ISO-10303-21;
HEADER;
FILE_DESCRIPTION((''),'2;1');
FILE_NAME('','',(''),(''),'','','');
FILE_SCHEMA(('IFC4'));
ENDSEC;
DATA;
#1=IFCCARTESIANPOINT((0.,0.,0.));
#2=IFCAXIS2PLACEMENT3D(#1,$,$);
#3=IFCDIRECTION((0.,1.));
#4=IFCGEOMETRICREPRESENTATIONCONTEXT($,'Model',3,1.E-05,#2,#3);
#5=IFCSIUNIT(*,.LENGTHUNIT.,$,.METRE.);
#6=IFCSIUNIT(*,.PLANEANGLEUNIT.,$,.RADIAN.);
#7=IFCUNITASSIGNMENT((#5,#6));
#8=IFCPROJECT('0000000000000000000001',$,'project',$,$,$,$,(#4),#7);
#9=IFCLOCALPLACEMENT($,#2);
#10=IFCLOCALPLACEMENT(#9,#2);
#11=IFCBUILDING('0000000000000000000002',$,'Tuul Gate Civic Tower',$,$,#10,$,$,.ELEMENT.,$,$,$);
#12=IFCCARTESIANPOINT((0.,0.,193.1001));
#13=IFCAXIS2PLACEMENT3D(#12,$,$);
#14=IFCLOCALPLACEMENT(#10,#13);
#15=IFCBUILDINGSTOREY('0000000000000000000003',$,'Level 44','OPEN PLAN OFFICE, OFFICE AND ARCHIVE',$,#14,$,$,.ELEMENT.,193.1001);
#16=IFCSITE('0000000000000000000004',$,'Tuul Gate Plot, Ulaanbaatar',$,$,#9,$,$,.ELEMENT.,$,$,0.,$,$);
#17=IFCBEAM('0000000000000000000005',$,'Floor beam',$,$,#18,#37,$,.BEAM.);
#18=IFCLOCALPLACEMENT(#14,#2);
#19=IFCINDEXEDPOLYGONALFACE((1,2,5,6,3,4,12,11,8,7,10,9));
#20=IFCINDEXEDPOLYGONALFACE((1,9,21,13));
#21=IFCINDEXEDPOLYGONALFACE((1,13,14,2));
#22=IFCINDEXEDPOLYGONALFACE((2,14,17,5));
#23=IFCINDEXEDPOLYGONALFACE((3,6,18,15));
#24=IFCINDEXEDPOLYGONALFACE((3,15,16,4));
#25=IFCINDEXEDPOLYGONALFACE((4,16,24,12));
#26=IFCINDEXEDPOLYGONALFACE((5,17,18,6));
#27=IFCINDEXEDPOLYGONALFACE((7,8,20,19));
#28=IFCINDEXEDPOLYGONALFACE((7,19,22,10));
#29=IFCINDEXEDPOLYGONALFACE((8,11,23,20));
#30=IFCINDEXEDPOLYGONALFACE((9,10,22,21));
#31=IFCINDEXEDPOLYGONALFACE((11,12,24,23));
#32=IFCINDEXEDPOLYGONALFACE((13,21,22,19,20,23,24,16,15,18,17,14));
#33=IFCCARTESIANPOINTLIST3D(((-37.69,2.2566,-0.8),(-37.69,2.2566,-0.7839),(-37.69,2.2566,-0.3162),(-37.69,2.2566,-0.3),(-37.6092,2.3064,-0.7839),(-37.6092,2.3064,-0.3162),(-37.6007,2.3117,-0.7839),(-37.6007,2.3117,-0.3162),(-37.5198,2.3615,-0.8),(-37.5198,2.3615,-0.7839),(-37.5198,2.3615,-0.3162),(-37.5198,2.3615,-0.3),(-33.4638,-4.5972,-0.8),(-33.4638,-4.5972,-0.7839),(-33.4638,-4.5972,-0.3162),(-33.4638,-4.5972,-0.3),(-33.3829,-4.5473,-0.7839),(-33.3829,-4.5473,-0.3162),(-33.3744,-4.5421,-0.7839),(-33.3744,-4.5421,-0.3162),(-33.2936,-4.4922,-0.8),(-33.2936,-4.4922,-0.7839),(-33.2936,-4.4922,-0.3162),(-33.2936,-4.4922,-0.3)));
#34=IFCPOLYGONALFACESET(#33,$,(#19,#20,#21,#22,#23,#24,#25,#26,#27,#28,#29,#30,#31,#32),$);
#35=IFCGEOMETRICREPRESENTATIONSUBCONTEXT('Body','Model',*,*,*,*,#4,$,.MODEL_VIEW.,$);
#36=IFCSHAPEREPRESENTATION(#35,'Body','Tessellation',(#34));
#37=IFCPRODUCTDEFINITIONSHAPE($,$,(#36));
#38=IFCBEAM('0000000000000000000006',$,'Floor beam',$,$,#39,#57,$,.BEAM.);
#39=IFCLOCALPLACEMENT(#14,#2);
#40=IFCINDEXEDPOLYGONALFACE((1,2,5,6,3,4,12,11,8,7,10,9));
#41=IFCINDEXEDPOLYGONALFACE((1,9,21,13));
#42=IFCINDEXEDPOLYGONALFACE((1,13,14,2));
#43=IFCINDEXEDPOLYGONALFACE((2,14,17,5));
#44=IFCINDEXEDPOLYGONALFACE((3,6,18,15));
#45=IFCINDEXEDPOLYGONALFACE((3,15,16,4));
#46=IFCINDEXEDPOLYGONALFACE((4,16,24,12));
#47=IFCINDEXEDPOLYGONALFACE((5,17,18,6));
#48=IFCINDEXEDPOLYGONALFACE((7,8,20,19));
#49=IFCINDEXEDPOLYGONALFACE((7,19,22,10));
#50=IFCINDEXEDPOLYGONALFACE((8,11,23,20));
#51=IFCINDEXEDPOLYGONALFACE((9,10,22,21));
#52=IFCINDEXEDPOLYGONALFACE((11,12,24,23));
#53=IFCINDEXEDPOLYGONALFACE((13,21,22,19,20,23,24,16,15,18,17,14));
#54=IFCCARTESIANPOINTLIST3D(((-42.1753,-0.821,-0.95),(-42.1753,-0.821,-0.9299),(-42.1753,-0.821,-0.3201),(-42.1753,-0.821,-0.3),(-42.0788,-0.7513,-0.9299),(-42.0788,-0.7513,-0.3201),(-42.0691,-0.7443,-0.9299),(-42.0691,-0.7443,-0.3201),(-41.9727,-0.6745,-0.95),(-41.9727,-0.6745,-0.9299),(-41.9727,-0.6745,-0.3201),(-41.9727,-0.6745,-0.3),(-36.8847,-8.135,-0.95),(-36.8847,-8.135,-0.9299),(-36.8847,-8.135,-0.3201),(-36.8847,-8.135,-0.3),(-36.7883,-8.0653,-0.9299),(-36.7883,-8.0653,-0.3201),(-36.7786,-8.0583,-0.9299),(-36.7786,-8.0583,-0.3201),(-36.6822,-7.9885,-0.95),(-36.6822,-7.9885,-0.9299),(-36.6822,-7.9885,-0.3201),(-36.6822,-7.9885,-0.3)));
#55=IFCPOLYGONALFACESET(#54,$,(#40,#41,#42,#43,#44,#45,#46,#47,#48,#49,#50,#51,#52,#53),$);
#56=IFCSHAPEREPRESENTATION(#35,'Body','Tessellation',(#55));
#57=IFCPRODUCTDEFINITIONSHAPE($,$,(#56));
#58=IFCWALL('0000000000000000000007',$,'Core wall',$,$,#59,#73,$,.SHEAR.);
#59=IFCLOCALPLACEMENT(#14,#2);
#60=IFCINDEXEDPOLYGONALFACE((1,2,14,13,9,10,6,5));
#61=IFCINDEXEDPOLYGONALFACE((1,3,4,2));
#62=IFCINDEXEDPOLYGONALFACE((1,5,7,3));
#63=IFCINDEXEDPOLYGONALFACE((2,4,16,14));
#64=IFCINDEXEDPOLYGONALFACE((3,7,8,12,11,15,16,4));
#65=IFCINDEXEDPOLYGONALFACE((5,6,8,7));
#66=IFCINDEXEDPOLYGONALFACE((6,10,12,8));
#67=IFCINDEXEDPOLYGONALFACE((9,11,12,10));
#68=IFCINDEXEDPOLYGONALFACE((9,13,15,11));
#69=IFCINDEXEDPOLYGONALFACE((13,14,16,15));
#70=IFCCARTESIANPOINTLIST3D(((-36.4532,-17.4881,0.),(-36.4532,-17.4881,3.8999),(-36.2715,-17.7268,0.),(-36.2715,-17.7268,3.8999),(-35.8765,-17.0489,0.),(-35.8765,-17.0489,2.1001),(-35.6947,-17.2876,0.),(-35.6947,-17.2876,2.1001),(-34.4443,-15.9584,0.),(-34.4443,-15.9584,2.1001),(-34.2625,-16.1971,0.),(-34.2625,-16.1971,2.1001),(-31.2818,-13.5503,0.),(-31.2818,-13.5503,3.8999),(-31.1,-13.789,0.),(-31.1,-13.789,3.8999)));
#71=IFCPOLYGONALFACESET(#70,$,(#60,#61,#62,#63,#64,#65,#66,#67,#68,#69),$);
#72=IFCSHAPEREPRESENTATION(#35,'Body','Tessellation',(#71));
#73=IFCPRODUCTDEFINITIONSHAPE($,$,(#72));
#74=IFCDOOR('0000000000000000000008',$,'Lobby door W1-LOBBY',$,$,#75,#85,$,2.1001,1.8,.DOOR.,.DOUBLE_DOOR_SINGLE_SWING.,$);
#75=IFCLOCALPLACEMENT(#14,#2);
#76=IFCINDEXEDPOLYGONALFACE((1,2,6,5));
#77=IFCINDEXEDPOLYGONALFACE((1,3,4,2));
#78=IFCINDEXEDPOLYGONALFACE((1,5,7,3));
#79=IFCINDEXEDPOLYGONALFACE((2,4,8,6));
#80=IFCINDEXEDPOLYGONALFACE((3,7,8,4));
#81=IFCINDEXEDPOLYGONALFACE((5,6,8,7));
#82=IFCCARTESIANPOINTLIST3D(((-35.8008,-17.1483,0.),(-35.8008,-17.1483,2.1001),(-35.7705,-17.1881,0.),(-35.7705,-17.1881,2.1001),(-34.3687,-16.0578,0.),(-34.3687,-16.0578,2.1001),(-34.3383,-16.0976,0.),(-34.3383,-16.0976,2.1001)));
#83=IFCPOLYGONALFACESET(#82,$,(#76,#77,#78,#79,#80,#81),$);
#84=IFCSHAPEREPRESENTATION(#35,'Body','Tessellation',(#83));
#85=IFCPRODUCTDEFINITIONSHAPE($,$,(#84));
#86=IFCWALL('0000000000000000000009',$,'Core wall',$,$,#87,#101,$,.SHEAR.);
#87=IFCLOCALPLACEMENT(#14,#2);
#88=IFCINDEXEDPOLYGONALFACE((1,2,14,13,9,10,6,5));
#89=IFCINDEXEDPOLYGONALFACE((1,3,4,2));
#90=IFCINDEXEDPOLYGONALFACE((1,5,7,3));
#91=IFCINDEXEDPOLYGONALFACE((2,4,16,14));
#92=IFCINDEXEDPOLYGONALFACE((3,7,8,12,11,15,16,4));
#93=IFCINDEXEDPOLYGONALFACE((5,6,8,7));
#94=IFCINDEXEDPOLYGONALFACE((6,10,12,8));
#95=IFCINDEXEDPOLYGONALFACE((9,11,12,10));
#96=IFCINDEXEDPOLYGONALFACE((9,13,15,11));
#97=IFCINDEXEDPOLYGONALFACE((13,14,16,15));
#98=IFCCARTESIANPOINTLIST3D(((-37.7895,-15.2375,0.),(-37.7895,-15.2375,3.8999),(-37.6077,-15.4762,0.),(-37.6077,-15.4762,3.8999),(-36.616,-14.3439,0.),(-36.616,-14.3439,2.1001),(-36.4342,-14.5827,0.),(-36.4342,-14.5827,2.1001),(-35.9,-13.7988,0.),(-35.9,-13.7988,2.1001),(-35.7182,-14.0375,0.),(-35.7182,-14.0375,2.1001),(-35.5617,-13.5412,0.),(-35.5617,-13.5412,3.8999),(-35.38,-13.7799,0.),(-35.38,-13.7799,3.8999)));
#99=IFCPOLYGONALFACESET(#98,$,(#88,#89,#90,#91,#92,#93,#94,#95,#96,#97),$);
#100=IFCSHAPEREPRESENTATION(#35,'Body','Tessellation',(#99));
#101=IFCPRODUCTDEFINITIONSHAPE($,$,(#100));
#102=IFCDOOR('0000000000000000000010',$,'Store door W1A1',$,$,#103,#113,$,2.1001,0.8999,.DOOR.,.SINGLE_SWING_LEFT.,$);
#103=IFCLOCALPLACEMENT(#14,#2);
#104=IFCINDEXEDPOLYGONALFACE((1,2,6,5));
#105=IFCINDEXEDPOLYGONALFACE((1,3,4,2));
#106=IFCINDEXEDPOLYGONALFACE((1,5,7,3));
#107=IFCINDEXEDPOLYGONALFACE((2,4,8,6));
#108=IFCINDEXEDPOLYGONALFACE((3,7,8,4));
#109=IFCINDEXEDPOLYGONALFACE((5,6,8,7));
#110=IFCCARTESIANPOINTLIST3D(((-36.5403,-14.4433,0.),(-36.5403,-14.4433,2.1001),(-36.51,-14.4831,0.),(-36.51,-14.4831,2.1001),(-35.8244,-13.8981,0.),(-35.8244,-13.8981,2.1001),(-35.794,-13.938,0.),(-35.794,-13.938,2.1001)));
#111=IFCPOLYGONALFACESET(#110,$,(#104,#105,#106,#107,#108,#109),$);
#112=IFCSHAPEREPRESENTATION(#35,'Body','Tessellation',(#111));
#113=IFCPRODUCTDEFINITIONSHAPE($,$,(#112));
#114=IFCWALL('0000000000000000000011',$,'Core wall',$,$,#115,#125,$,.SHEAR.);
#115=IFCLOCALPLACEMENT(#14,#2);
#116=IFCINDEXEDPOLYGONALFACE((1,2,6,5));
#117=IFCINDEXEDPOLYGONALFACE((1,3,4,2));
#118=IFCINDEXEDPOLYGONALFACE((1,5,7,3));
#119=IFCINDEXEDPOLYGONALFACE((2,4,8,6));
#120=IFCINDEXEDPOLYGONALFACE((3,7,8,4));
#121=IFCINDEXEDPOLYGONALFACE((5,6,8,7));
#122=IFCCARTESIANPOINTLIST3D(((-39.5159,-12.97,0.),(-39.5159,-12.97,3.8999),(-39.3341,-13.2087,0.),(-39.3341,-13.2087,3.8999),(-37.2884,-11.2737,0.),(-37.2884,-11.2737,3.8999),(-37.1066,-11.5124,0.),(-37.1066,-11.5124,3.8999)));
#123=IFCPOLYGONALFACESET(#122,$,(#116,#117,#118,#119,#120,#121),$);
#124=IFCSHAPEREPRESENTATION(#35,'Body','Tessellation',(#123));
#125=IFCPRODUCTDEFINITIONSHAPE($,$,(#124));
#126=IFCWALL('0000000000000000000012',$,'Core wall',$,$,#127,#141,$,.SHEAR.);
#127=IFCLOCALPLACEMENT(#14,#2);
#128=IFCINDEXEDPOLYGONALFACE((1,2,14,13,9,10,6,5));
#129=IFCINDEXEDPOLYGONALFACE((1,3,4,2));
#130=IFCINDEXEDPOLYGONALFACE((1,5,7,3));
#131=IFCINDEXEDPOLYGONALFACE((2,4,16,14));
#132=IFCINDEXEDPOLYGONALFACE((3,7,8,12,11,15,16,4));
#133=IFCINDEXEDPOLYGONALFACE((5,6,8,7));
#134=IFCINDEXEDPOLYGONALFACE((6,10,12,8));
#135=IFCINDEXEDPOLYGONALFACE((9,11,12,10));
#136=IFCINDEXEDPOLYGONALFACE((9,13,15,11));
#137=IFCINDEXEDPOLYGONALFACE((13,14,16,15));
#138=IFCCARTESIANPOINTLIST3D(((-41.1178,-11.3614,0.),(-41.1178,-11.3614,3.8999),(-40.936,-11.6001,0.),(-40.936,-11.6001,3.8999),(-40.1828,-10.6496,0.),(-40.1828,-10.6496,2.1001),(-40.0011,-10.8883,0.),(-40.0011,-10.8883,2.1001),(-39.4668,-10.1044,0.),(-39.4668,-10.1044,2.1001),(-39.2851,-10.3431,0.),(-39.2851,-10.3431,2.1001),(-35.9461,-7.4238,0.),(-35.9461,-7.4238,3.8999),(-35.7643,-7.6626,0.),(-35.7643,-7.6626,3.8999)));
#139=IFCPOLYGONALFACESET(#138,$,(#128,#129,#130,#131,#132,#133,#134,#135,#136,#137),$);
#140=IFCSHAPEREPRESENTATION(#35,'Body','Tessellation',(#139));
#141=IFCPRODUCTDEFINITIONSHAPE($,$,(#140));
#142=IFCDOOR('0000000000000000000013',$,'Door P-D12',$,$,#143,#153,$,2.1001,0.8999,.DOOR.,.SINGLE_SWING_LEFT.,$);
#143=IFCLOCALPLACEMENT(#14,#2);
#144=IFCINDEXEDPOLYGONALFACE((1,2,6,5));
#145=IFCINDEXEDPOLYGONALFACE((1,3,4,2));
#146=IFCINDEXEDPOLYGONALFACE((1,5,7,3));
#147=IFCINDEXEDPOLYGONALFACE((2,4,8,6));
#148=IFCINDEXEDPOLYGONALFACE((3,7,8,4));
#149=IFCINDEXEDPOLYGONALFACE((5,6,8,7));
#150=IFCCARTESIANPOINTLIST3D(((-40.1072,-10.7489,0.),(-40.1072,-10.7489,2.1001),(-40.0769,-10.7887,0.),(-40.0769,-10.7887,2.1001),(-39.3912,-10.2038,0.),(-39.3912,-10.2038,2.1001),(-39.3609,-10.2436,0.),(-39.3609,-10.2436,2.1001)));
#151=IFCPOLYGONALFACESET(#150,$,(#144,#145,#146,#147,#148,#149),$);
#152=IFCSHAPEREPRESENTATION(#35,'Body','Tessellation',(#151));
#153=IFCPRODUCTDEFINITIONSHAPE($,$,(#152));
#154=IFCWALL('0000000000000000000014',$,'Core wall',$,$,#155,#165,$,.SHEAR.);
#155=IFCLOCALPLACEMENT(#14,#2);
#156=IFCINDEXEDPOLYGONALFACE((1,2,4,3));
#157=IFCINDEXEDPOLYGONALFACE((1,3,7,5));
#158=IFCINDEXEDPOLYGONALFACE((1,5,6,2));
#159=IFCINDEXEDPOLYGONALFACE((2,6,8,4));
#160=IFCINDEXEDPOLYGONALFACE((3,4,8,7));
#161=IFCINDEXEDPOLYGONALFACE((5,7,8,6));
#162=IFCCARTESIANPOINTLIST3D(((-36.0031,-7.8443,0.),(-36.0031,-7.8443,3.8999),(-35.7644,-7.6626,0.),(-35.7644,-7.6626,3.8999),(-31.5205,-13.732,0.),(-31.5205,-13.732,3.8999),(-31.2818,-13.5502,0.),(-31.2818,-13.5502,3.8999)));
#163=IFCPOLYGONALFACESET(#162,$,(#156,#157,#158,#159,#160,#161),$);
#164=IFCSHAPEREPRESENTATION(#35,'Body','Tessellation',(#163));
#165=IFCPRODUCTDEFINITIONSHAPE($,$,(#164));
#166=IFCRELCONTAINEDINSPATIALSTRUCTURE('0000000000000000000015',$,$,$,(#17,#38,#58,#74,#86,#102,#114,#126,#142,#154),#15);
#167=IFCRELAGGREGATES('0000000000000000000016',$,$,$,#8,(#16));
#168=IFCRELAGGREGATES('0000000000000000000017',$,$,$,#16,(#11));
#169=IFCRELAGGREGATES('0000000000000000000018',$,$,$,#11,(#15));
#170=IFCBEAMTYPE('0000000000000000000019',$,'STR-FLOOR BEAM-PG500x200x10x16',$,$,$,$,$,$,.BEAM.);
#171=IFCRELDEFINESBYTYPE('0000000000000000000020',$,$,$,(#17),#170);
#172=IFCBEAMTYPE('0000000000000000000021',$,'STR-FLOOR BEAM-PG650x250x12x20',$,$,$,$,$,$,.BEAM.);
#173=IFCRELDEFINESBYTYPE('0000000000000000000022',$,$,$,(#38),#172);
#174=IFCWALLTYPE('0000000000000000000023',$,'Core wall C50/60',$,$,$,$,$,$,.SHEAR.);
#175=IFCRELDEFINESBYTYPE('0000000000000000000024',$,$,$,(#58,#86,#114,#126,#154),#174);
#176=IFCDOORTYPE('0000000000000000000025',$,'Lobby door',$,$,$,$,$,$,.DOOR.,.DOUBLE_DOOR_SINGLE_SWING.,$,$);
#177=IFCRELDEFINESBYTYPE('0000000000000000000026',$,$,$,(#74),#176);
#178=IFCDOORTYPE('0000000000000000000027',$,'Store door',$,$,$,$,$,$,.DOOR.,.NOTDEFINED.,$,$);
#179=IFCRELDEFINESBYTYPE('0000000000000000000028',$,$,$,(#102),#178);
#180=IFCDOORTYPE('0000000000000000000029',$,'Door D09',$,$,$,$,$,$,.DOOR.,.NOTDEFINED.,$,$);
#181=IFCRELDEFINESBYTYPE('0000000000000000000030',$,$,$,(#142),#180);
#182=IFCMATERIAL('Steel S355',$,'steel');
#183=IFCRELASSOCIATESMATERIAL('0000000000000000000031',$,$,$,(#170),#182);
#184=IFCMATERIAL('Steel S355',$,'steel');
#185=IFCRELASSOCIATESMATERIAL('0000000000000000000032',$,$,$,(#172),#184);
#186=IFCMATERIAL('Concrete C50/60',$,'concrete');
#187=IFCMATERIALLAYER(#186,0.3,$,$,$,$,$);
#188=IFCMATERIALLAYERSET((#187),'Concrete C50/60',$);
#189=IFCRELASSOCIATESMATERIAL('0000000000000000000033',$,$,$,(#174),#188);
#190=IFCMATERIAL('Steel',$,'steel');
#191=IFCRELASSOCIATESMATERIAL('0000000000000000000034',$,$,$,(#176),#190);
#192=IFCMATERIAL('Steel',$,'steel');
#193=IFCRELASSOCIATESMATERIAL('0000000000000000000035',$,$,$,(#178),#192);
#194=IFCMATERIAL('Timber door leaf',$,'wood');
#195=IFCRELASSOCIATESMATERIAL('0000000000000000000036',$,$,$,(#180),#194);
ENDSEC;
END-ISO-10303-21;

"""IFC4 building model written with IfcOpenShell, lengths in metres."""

from ifc_helpers import new_model, si_unit, direction, frame, frame_2d, origin, origin_2d, place, context, subcontext, project, spatial, rectangle, i_section, extrude, material, layer, layer_set, material_profile, profile_set, type_object, element, fill, save


model = new_model("IFC4")

# Units and contexts
model_context = context("Model", 3, precision=1e-05, world=origin(), true_north=direction((0.0, 1.0)))
body_context = subcontext(model_context, "Body", "Model", "MODEL_VIEW")
ifc_project = project(units=[si_unit("LENGTHUNIT", "METRE"), si_unit("PLANEANGLEUNIT", "RADIAN")], contexts=[model_context])

# Site, building, storey
site_placement = place(None, origin())
site = spatial("IfcSite", under=ifc_project, at=site_placement, Name="Tuul Gate Plot, Ulaanbaatar", CompositionType="ELEMENT", RefElevation=0.0)
building_placement = place(site_placement, origin())
building = spatial("IfcBuilding", under=site, at=building_placement, Name="Tuul Gate Civic Tower", CompositionType="ELEMENT")
storey_placement = place(building_placement, frame((0.0, 0.0, 193.1001)))
storey = spatial("IfcBuildingStorey", under=building, at=storey_placement, Name="Level 44", Description="OPEN PLAN OFFICE, OFFICE AND ARCHIVE", CompositionType="ELEMENT", Elevation=193.1001)

# Beams
ifc_material_1 = material(Name="Steel S355", Category="steel")
ifc_material_profile_1 = material_profile(ifc_material_1, i_section(OverallWidth=0.2, OverallDepth=0.5, WebThickness=0.01, FlangeThickness=0.0161, at=origin_2d()), Name="PG500x200x10x16")
ifc_profile_set_1 = profile_set([ifc_material_profile_1], Name="Steel S355")
beam_type_1 = type_object("IfcBeamType", Name="STR-FLOOR BEAM-PG500x200x10x16", PredefinedType="BEAM", material=ifc_profile_set_1)
beam_1_placement = place(storey_placement, frame((-33.3787, -4.5447, -0.55), z_axis=(-0.524874, 0.85118, 0.0), x_axis=(-0.85118, -0.524874, 0.0)))
element("IfcBeam", 1, at=beam_1_placement, inside=storey, type_object=beam_type_1, Name="Floor beam", PredefinedType="BEAM", context=body_context, shape_type="SweptSolid", body=[
    extrude(i_section(OverallWidth=0.2, OverallDepth=0.5, WebThickness=0.01, FlangeThickness=0.0161, at=origin_2d()), origin(), (0.0, 0.0, 1.0), 8.052),
])
ifc_material_2 = material(Name="Steel S355", Category="steel")
ifc_material_profile_2 = material_profile(ifc_material_2, i_section(OverallWidth=0.25, OverallDepth=0.6499, WebThickness=0.012, FlangeThickness=0.02, at=origin_2d()), Name="PG650x250x12x20")
ifc_profile_set_2 = profile_set([ifc_material_profile_2], Name="Steel S355")
beam_type_2 = type_object("IfcBeamType", Name="STR-FLOOR BEAM-PG650x250x12x20", PredefinedType="BEAM", material=ifc_profile_set_2)
beam_2_placement = place(storey_placement, frame((-36.7834, -8.0618, -0.625), z_axis=(-0.586089, 0.810247, 0.0), x_axis=(-0.810247, -0.586089, 0.0)))
element("IfcBeam", 2, at=beam_2_placement, inside=storey, type_object=beam_type_2, Name="Floor beam", PredefinedType="BEAM", context=body_context, shape_type="SweptSolid", body=[
    extrude(i_section(OverallWidth=0.25, OverallDepth=0.6499, WebThickness=0.012, FlangeThickness=0.02, at=origin_2d()), origin(), (0.0, 0.0, 1.0), 9.0269),
])

# Walls, openings, doors
ifc_material_3 = material(Name="Concrete C50/60", Category="concrete")
ifc_layer_1 = layer(ifc_material_3, 0.3)
ifc_layer_set_1 = layer_set([ifc_layer_1], Name="Concrete C50/60")
wall_type_1 = type_object("IfcWallType", Name="Core wall C50/60", PredefinedType="SHEAR", material=ifc_layer_set_1)
wall_1_placement = place(storey_placement, frame((-31.1909, -13.6697, 0.0), z_axis=(0.0, 0.0, 1.0), x_axis=(-0.795607, -0.605813, 0.0)))
wall_1 = element("IfcWall", 3, at=wall_1_placement, inside=storey, type_object=wall_type_1, Name="Core wall", PredefinedType="SHEAR", context=body_context, shape_type="SweptSolid", body=[
    extrude(rectangle(XDim=6.5, YDim=0.3, at=frame_2d((3.25, 0.0))), origin(), (0.0, 0.0, 1.0), 3.8999),
])
opening_1_placement = place(wall_1_placement, frame((3.9751, 0.0, 0.0)))
opening_1 = element("IfcOpeningElement", 4, at=opening_1_placement, cuts=wall_1, PredefinedType="OPENING", context=body_context, shape_type="SweptSolid", body=[
    extrude(rectangle(XDim=1.8, YDim=2.1001, at=frame_2d((0.8999, 1.05))), frame((0.0, 0.1602, 0.0), z_axis=(0.0, -1.0, 0.0), x_axis=(1.0, 0.0, 0.0)), (0.0, 0.0, 1.0), 0.3201),
])
ifc_material_4 = material(Name="Steel", Category="steel")
door_type_1 = type_object("IfcDoorType", Name="Lobby door", OperationType="DOUBLE_DOOR_SINGLE_SWING", PredefinedType="DOOR", material=ifc_material_4)
door_1_placement = place(opening_1_placement, origin())
door_1 = element("IfcDoor", 5, at=door_1_placement, inside=storey, type_object=door_type_1, Name="Lobby door W1-LOBBY", OperationType="DOUBLE_DOOR_SINGLE_SWING", OverallHeight=2.1001, OverallWidth=1.8, PredefinedType="DOOR", context=body_context, shape_type="SweptSolid", body=[
    extrude(rectangle(XDim=1.8, YDim=2.1001, at=frame_2d((0.8999, 1.05))), frame((0.0, 0.0249, 0.0), z_axis=(0.0, -1.0, 0.0), x_axis=(1.0, 0.0, 0.0)), (0.0, 0.0, 1.0), 0.05),
])
fill(opening_1, door_1)
wall_2_placement = place(storey_placement, frame((-35.4709, -13.6606, 0.0), z_axis=(0.0, 0.0, 1.0), x_axis=(-0.795616, -0.605802, 0.0)))
wall_2 = element("IfcWall", 6, at=wall_2_placement, inside=storey, type_object=wall_type_1, Name="Core wall", PredefinedType="SHEAR", context=body_context, shape_type="SweptSolid", body=[
    extrude(rectangle(XDim=2.8, YDim=0.3, at=frame_2d((1.3999, 0.0))), origin(), (0.0, 0.0, 1.0), 3.8999),
])
opening_2_placement = place(wall_2_placement, frame((0.425, 0.0, 0.0)))
opening_2 = element("IfcOpeningElement", 7, at=opening_2_placement, cuts=wall_2, PredefinedType="OPENING", context=body_context, shape_type="SweptSolid", body=[
    extrude(rectangle(XDim=0.8999, YDim=2.1001, at=frame_2d((0.45, 1.05))), frame((0.0, 0.1602, 0.0), z_axis=(0.0, -1.0, 0.0), x_axis=(1.0, 0.0, 0.0)), (0.0, 0.0, 1.0), 0.3201),
])
ifc_material_5 = material(Name="Steel", Category="steel")
door_type_2 = type_object("IfcDoorType", Name="Store door", OperationType="NOTDEFINED", PredefinedType="DOOR", material=ifc_material_5)
door_2_placement = place(opening_2_placement, origin())
door_2 = element("IfcDoor", 8, at=door_2_placement, inside=storey, type_object=door_type_2, Name="Store door W1A1", OperationType="SINGLE_SWING_LEFT", OverallHeight=2.1001, OverallWidth=0.8999, PredefinedType="DOOR", context=body_context, shape_type="SweptSolid", body=[
    extrude(rectangle(XDim=0.8999, YDim=2.1001, at=frame_2d((0.45, 1.05))), frame((0.0, 0.0249, 0.0), z_axis=(0.0, -1.0, 0.0), x_axis=(1.0, 0.0, 0.0)), (0.0, 0.0, 1.0), 0.05),
])
fill(opening_2, door_2)

# Wall
wall_3_placement = place(storey_placement, frame((-37.1975, -11.3931, 0.0), z_axis=(0.0, 0.0, 1.0), x_axis=(-0.795584, -0.605844, 0.0)))
element("IfcWall", 9, at=wall_3_placement, inside=storey, type_object=wall_type_1, Name="Core wall", PredefinedType="SHEAR", context=body_context, shape_type="SweptSolid", body=[
    extrude(rectangle(XDim=2.7998, YDim=0.3, at=frame_2d((1.3999, 0.0))), origin(), (0.0, 0.0, 1.0), 3.8999),
])

# Wall, opening, door
wall_4_placement = place(storey_placement, frame((-35.8552, -7.5432, 0.0), z_axis=(0.0, 0.0, 1.0), x_axis=(-0.795639, -0.605772, 0.0)))
wall_4 = element("IfcWall", 10, at=wall_4_placement, inside=storey, type_object=wall_type_1, Name="Core wall", PredefinedType="SHEAR", context=body_context, shape_type="SweptSolid", body=[
    extrude(rectangle(XDim=6.5, YDim=0.3, at=frame_2d((3.25, 0.0))), origin(), (0.0, 0.0, 1.0), 3.8999),
])
opening_3_placement = place(wall_4_placement, frame((4.425, 0.0, 0.0)))
opening_3 = element("IfcOpeningElement", 11, at=opening_3_placement, cuts=wall_4, PredefinedType="OPENING", context=body_context, shape_type="SweptSolid", body=[
    extrude(rectangle(XDim=0.8999, YDim=2.1001, at=frame_2d((0.45, 1.05))), frame((0.0, 0.1602, 0.0), z_axis=(0.0, -1.0, 0.0), x_axis=(1.0, 0.0, 0.0)), (0.0, 0.0, 1.0), 0.3201),
])
ifc_material_6 = material(Name="Timber door leaf", Category="wood")
door_type_3 = type_object("IfcDoorType", Name="Door D09", OperationType="NOTDEFINED", PredefinedType="DOOR", material=ifc_material_6)
door_3_placement = place(opening_3_placement, origin())
door_3 = element("IfcDoor", 12, at=door_3_placement, inside=storey, type_object=door_type_3, Name="Door P-D12", OperationType="SINGLE_SWING_LEFT", OverallHeight=2.1001, OverallWidth=0.8999, PredefinedType="DOOR", context=body_context, shape_type="SweptSolid", body=[
    extrude(rectangle(XDim=0.8999, YDim=2.1001, at=frame_2d((0.45, 1.05))), frame((0.0, 0.0249, 0.0), z_axis=(0.0, -1.0, 0.0), x_axis=(1.0, 0.0, 0.0)), (0.0, 0.0, 1.0), 0.05),
])
fill(opening_3, door_3)

# Wall
wall_5_placement = place(storey_placement, frame((-31.4011, -13.6411, 0.0), z_axis=(0.0, 0.0, 1.0), x_axis=(-0.60577, 0.79564, 0.0)))
element("IfcWall", 13, at=wall_5_placement, inside=storey, type_object=wall_type_1, Name="Core wall", PredefinedType="SHEAR", context=body_context, shape_type="SweptSolid", body=[
    extrude(rectangle(XDim=7.3999, YDim=0.3, at=frame_2d((3.7, 0.0))), origin(), (0.0, 0.0, 1.0), 3.8999),
])

save(model, "model.ifc")
